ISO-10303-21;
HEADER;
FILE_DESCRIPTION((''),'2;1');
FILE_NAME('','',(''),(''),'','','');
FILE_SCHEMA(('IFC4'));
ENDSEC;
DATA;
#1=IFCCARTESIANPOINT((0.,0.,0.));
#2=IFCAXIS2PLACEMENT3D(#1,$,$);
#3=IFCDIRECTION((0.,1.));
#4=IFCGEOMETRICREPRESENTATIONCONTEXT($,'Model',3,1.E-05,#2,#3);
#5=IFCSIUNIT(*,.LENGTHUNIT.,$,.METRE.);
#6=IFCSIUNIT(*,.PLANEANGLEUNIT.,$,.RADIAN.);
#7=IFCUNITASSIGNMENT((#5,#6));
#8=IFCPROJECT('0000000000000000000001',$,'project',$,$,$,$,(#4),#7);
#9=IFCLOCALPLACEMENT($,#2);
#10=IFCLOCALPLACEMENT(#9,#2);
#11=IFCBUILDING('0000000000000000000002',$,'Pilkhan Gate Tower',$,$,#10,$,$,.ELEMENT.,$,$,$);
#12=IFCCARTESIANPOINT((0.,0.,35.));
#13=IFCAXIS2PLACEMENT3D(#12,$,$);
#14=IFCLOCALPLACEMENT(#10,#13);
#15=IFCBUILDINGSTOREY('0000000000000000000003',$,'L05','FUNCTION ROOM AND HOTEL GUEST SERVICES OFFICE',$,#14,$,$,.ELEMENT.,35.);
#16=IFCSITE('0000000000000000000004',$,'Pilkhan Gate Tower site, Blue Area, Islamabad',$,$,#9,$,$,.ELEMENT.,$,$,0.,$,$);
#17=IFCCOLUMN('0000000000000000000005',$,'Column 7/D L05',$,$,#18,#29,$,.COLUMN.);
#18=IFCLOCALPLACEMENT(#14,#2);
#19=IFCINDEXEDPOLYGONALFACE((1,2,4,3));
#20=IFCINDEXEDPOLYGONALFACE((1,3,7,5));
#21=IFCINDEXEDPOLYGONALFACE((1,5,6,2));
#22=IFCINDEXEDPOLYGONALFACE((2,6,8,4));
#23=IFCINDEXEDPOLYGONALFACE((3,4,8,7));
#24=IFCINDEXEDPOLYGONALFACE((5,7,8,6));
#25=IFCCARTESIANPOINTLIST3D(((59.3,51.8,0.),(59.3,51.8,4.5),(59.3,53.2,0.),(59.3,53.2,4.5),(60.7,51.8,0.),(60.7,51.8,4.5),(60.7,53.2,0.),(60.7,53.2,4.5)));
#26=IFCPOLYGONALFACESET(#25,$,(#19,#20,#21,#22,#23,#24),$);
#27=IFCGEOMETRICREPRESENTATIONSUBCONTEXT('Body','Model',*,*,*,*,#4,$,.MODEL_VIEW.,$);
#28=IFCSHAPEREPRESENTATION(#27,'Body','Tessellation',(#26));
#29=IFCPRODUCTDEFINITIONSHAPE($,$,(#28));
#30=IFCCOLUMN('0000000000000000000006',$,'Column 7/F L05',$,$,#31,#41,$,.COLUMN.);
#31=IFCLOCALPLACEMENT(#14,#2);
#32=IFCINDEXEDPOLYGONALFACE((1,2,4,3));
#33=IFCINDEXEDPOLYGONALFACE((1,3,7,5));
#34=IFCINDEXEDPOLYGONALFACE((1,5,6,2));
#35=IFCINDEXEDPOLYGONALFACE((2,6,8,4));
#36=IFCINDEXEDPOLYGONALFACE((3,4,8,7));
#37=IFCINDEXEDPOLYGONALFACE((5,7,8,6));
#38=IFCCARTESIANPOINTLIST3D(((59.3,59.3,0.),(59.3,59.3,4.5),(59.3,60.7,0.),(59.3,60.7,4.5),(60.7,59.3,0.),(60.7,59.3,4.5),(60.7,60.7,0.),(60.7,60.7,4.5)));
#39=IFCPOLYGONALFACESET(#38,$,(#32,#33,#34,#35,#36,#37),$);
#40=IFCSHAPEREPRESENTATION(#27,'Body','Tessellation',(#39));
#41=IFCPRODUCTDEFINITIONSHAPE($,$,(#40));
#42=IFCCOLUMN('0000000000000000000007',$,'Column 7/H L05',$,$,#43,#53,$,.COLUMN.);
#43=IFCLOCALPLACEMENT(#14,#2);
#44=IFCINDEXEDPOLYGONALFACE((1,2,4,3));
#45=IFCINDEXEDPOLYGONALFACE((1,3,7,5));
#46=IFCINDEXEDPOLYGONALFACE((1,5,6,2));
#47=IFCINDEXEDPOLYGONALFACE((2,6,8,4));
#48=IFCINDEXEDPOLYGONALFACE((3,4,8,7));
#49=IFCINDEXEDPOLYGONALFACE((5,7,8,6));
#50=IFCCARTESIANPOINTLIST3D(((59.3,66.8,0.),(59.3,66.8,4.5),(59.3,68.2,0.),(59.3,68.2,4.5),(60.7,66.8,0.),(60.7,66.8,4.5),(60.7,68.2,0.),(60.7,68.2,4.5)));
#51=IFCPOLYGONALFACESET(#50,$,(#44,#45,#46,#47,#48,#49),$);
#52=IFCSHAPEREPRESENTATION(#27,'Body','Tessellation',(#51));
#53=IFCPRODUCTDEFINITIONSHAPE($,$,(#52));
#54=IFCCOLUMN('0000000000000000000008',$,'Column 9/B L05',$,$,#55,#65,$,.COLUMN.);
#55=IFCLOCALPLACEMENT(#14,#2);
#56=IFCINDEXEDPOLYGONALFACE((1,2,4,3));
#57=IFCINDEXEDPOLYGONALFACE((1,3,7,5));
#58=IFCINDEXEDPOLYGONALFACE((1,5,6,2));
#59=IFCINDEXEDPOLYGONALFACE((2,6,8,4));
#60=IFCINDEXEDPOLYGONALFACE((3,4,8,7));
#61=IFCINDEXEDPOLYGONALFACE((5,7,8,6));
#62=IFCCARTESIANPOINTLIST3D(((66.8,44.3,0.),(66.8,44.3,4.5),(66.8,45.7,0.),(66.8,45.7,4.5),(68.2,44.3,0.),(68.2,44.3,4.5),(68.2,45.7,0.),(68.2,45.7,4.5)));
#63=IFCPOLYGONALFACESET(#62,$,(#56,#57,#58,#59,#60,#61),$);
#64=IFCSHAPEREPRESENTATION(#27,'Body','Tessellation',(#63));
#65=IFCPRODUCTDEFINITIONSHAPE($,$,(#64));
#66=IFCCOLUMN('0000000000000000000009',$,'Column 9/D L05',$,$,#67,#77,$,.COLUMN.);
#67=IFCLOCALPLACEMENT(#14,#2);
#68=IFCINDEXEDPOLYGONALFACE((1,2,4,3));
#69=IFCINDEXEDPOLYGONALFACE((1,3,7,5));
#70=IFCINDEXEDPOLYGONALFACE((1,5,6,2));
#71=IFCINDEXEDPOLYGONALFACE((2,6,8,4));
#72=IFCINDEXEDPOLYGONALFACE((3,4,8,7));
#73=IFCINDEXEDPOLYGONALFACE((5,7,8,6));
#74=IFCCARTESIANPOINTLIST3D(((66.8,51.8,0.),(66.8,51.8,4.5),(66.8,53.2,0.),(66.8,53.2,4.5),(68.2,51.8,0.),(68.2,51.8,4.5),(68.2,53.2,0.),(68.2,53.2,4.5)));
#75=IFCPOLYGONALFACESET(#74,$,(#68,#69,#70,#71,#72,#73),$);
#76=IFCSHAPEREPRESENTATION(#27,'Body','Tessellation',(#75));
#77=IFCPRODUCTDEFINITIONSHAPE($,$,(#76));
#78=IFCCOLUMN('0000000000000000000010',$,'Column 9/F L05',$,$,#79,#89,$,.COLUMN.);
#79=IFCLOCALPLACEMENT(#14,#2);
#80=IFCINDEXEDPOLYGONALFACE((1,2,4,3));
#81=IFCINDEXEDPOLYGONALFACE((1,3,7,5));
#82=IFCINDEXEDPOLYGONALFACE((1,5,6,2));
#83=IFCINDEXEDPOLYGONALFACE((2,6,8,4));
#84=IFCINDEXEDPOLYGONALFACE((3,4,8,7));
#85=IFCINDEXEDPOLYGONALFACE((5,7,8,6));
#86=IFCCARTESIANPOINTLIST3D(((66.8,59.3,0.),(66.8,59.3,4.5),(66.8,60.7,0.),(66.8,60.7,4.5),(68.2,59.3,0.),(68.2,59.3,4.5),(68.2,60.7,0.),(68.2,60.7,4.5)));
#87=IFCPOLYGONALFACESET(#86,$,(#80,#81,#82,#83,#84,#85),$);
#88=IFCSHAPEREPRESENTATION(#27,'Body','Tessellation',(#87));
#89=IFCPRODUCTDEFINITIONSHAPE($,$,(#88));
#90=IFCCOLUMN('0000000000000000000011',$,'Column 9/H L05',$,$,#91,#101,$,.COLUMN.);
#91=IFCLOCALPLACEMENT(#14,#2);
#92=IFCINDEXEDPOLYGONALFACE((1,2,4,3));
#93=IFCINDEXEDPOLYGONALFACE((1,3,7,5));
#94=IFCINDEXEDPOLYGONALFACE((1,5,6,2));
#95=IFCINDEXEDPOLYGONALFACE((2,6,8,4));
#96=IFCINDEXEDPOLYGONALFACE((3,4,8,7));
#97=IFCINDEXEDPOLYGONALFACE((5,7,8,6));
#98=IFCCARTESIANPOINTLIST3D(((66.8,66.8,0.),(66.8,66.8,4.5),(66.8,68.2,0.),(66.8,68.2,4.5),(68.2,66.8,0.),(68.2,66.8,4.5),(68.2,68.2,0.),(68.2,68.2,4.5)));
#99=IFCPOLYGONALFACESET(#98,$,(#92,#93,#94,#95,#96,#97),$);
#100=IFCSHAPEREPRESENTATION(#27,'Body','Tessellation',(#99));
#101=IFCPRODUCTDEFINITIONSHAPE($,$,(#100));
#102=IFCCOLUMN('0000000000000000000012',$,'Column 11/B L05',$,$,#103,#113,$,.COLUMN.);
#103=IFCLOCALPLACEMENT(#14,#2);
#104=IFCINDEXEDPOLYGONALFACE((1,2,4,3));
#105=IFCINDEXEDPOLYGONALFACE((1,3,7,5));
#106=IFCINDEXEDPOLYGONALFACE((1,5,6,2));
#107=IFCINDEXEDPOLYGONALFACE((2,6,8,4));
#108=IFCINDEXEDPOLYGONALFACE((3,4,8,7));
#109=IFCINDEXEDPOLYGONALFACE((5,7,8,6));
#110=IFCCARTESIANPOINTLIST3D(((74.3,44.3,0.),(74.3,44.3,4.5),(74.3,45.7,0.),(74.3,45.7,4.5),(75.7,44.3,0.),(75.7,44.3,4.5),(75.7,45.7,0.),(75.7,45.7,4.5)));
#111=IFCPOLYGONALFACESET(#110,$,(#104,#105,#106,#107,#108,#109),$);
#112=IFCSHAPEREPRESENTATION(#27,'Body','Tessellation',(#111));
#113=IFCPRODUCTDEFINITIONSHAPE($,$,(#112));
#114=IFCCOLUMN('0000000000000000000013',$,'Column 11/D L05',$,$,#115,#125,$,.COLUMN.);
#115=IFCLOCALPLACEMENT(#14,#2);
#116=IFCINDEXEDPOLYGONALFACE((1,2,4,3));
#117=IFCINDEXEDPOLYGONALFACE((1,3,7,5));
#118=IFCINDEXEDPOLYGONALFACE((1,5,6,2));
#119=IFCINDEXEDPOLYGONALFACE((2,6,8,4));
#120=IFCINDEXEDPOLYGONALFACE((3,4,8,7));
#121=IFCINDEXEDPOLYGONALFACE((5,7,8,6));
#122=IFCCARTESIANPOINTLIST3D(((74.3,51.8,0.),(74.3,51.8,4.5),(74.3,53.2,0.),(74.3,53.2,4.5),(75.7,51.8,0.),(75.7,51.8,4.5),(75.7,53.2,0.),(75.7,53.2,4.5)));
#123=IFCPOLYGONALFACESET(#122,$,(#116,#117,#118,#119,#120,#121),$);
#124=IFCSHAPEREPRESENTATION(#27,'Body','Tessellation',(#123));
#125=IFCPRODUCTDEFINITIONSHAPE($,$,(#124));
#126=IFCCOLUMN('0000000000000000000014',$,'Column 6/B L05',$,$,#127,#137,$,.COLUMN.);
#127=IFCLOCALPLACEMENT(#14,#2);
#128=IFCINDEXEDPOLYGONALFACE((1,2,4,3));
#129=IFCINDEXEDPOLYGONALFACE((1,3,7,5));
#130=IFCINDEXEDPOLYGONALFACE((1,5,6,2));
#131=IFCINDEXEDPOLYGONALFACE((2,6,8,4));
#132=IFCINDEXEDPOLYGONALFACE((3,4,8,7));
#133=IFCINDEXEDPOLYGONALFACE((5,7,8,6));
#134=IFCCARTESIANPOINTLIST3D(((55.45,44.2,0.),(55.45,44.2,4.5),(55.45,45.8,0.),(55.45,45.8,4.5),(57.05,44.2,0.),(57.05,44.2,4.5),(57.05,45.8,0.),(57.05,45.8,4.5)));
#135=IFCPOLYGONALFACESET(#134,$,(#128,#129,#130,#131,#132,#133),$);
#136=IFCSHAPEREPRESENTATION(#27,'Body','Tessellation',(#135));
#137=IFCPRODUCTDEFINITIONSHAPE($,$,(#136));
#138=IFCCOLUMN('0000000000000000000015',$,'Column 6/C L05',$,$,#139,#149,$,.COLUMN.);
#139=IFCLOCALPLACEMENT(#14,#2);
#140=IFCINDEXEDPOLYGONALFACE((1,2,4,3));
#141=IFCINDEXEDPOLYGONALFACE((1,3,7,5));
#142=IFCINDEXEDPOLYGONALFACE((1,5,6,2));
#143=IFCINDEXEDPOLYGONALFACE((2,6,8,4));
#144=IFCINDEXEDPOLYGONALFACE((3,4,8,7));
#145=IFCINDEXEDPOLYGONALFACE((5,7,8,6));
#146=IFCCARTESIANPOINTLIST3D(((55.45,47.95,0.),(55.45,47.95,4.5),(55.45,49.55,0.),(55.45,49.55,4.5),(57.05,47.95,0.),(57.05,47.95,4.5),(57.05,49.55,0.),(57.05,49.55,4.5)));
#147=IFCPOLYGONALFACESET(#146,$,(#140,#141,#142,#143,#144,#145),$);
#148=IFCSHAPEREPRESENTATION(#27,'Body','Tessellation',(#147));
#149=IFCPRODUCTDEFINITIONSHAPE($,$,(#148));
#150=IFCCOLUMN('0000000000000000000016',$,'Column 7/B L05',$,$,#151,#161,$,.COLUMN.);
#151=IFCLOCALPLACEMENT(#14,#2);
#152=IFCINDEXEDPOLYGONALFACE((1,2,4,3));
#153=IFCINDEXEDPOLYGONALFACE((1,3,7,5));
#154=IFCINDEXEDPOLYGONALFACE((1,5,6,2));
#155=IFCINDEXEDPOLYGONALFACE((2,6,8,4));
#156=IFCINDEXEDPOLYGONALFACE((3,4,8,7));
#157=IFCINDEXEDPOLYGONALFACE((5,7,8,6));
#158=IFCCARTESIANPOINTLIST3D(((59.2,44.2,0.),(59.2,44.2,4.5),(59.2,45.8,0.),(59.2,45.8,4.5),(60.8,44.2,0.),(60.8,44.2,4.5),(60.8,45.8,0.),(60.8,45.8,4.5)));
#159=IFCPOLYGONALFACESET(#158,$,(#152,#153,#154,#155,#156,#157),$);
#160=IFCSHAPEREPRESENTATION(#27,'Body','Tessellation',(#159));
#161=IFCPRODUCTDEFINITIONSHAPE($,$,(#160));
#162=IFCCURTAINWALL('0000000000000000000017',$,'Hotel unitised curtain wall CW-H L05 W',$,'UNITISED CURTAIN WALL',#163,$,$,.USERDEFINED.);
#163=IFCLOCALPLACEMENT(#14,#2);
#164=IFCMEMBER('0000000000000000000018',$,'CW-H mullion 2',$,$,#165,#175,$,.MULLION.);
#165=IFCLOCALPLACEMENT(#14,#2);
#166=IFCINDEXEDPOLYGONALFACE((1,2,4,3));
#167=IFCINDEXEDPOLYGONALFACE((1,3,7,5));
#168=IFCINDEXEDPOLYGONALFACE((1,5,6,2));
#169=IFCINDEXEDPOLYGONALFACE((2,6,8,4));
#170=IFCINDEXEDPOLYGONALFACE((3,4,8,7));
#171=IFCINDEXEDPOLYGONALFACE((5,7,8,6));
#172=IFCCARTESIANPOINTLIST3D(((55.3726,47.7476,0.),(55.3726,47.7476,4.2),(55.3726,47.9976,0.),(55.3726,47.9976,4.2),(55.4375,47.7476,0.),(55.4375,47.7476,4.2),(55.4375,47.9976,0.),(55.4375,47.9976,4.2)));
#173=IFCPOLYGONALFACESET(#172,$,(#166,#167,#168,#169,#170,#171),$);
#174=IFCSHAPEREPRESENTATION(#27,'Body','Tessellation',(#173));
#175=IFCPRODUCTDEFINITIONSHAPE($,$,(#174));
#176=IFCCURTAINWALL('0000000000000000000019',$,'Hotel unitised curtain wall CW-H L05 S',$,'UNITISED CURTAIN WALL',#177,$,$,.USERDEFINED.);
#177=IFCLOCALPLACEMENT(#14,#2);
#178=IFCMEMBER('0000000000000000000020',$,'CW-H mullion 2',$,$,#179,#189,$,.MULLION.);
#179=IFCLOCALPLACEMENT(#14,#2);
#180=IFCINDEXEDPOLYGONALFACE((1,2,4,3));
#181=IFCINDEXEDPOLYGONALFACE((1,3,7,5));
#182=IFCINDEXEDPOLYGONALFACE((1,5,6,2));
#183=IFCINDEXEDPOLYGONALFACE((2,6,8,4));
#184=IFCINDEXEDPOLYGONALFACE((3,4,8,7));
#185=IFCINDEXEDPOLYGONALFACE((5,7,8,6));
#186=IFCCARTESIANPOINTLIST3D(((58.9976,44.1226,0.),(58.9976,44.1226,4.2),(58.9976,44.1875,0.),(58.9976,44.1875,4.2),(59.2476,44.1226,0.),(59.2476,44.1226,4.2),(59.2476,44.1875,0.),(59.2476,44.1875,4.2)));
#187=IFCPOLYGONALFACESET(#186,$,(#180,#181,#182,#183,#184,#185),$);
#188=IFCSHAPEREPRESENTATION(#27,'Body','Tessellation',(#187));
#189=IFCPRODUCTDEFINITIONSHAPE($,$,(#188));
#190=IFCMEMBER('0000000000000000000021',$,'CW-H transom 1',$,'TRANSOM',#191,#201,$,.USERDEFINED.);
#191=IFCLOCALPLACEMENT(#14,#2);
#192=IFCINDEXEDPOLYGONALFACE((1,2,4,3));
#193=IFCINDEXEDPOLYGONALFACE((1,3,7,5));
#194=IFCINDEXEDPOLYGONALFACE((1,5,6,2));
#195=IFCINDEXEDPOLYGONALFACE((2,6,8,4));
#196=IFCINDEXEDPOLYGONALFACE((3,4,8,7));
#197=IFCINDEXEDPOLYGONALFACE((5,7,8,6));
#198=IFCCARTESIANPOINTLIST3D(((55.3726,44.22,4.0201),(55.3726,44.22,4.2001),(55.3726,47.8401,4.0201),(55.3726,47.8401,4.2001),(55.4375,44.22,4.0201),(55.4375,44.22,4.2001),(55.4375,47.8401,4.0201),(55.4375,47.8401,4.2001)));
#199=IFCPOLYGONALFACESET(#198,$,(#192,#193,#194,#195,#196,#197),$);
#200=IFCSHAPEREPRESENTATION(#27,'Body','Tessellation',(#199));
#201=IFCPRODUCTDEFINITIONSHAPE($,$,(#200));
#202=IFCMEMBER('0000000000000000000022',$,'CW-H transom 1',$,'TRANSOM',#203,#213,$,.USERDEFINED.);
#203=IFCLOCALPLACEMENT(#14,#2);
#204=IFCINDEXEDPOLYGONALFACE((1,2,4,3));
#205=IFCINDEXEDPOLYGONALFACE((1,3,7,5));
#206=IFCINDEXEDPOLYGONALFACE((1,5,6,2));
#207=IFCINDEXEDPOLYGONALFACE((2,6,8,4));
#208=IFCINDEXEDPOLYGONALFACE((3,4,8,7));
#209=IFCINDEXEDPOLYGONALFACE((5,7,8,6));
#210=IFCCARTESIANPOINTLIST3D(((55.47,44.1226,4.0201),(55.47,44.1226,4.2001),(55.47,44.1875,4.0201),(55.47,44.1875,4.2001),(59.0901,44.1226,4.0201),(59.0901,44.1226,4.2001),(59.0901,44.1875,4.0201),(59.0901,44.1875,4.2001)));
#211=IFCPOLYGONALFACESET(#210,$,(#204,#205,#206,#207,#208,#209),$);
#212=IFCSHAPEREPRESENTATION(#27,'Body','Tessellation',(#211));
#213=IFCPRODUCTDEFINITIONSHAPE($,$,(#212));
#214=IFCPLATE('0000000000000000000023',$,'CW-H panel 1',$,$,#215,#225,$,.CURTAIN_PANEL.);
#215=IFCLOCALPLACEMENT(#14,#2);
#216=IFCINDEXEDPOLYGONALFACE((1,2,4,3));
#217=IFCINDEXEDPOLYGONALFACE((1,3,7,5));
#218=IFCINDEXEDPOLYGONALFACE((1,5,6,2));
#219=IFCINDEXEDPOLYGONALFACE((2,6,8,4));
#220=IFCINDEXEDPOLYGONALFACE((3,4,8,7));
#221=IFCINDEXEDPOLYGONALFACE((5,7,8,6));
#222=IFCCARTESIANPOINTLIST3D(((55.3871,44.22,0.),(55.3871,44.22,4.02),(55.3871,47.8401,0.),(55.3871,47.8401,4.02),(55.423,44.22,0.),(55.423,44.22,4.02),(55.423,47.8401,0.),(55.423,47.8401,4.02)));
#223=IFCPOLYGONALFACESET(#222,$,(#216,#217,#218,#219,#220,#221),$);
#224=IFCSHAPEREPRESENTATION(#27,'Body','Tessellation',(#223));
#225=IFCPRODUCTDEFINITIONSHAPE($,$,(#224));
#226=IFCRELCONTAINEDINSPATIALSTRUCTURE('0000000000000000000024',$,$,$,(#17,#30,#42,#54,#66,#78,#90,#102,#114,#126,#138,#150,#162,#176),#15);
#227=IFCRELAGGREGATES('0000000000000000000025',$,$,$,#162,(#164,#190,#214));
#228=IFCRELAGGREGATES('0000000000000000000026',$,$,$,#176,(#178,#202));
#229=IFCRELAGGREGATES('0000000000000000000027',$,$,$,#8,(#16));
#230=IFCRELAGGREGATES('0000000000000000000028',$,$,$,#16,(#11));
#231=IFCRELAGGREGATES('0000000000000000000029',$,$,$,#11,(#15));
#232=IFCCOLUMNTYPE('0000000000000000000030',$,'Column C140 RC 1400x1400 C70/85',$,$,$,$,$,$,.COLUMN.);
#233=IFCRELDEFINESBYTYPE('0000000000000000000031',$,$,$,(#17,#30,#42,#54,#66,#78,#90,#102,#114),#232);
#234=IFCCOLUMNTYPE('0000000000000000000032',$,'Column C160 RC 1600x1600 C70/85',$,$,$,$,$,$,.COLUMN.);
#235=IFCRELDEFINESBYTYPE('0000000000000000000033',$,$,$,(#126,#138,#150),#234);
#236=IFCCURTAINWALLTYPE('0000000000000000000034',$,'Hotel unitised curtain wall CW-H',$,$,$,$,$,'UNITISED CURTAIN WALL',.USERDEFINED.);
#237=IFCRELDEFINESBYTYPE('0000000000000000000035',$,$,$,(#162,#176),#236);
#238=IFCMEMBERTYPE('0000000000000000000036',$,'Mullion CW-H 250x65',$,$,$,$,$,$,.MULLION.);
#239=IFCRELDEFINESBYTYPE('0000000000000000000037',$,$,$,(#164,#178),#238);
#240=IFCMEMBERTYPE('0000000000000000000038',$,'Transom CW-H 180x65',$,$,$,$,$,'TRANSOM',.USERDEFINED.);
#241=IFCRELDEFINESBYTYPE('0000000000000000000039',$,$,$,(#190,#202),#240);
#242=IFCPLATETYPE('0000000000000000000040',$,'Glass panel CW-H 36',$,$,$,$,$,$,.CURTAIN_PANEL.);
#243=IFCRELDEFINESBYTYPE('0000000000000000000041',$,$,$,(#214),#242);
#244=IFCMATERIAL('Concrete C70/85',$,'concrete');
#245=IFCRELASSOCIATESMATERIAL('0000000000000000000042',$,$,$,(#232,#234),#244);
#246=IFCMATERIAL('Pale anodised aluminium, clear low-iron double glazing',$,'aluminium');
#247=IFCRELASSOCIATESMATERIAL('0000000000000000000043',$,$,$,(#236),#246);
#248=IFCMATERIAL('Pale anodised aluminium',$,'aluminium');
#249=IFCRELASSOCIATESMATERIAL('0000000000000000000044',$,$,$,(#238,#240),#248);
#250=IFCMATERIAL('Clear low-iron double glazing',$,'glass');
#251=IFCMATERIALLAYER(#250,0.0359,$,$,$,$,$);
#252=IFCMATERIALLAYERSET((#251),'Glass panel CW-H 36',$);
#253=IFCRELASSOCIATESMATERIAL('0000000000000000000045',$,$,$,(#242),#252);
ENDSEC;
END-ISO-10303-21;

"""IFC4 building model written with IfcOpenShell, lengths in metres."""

from ifc_helpers import new_model, si_unit, direction, frame, origin, origin_2d, place, context, subcontext, project, spatial, rectangle, extrude, material, layer, layer_set, material_profile, profile_set, type_object, element, aggregate, save


model = new_model("IFC4")

# Units and contexts
model_context = context("Model", 3, precision=1e-05, world=origin(), true_north=direction((0.0, 1.0)))
body_context = subcontext(model_context, "Body", "Model", "MODEL_VIEW")
ifc_project = project(units=[si_unit("LENGTHUNIT", "METRE"), si_unit("PLANEANGLEUNIT", "RADIAN")], contexts=[model_context])

# Site, building, storey
site_placement = place(None, origin())
site = spatial("IfcSite", under=ifc_project, at=site_placement, Name="Pilkhan Gate Tower site, Blue Area, Islamabad", CompositionType="ELEMENT", RefElevation=0.0)
building_placement = place(site_placement, origin())
building = spatial("IfcBuilding", under=site, at=building_placement, Name="Pilkhan Gate Tower", CompositionType="ELEMENT")
storey_placement = place(building_placement, frame((0.0, 0.0, 35.0)))
storey = spatial("IfcBuildingStorey", under=building, at=storey_placement, Name="L05", Description="FUNCTION ROOM AND HOTEL GUEST SERVICES OFFICE", CompositionType="ELEMENT", Elevation=35.0)

# Columns
ifc_material_1 = material(Name="Concrete C70/85", Category="concrete")
ifc_material_profile_1 = material_profile(ifc_material_1, rectangle(XDim=1.3999, YDim=1.3999, at=origin_2d()), Name="RC 1400x1400")
ifc_profile_set_1 = profile_set([ifc_material_profile_1], Name="Concrete C70/85")
column_type_1 = type_object("IfcColumnType", Name="Column C140 RC 1400x1400 C70/85", PredefinedType="COLUMN", material=ifc_profile_set_1)
for number, where, z_axis, x_axis, name in (
    (1, (60.0, 52.5, 0.0), (0.0, 0.0, 1.0), (1.0, 0.0, 0.0), "Column 7/D L05"),
    (2, (60.0, 60.0, 0.0), (0.0, 0.0, 1.0), (1.0, 0.0, 0.0), "Column 7/F L05"),
    (3, (60.0, 67.5, 0.0), (0.0, 0.0, 1.0), (1.0, 0.0, 0.0), "Column 7/H L05"),
    (4, (67.5, 45.0, 0.0), (0.0, 0.0, 1.0), (1.0, 0.0, 0.0), "Column 9/B L05"),
    (5, (67.5, 52.5, 0.0), (0.0, 0.0, 1.0), (1.0, 0.0, 0.0), "Column 9/D L05"),
    (6, (67.5, 60.0, 0.0), (0.0, 0.0, 1.0), (1.0, 0.0, 0.0), "Column 9/F L05"),
    (7, (67.5, 67.5, 0.0), (0.0, 0.0, 1.0), (1.0, 0.0, 0.0), "Column 9/H L05"),
    (8, (75.0, 45.0, 0.0), (0.0, 0.0, 1.0), (1.0, 0.0, 0.0), "Column 11/B L05"),
    (9, (75.0, 52.5, 0.0), (0.0, 0.0, 1.0), (1.0, 0.0, 0.0), "Column 11/D L05"),
):
    element("IfcColumn", number, at=place(storey_placement, frame(where, z_axis=z_axis, x_axis=x_axis)), inside=storey, type_object=column_type_1, Name=name, PredefinedType="COLUMN", context=body_context, shape_type="SweptSolid", body=[
        extrude(rectangle(XDim=1.3999, YDim=1.3999, at=origin_2d()), origin(), (0.0, 0.0, 1.0), 4.5),
    ])
ifc_material_profile_2 = material_profile(ifc_material_1, rectangle(XDim=1.6001, YDim=1.6001, at=origin_2d()), Name="RC 1600x1600")
ifc_profile_set_2 = profile_set([ifc_material_profile_2], Name="Concrete C70/85")
column_type_2 = type_object("IfcColumnType", Name="Column C160 RC 1600x1600 C70/85", PredefinedType="COLUMN", material=ifc_profile_set_2)
for number, where, z_axis, x_axis, name in (
    (10, (56.25, 45.0, 0.0), (0.0, 0.0, 1.0), (1.0, 0.0, 0.0), "Column 6/B L05"),
    (11, (56.25, 48.75, 0.0), (0.0, 0.0, 1.0), (1.0, 0.0, 0.0), "Column 6/C L05"),
    (12, (60.0, 45.0, 0.0), (0.0, 0.0, 1.0), (1.0, 0.0, 0.0), "Column 7/B L05"),
):
    element("IfcColumn", number, at=place(storey_placement, frame(where, z_axis=z_axis, x_axis=x_axis)), inside=storey, type_object=column_type_2, Name=name, PredefinedType="COLUMN", context=body_context, shape_type="SweptSolid", body=[
        extrude(rectangle(XDim=1.6001, YDim=1.6001, at=origin_2d()), origin(), (0.0, 0.0, 1.0), 4.5),
    ])

# Curtain walls, members
ifc_material_2 = material(Name="Pale anodised aluminium, clear low-iron double glazing", Category="aluminium")
curtain_wall_type = type_object("IfcCurtainWallType", Name="Hotel unitised curtain wall CW-H", ElementType="UNITISED CURTAIN WALL", PredefinedType="USERDEFINED", material=ifc_material_2)
curtain_wall_1_placement = place(storey_placement, origin())
curtain_wall_1 = element("IfcCurtainWall", 13, at=curtain_wall_1_placement, inside=storey, type_object=curtain_wall_type, Name="Hotel unitised curtain wall CW-H L05 W", ObjectType="UNITISED CURTAIN WALL", PredefinedType="USERDEFINED")
ifc_material_3 = material(Name="Pale anodised aluminium", Category="aluminium")
ifc_material_profile_3 = material_profile(ifc_material_3, rectangle(XDim=0.0649, YDim=0.25, at=origin_2d()), Name="Mullion 250x65")
ifc_profile_set_3 = profile_set([ifc_material_profile_3], Name="Pale anodised aluminium")
member_type_1 = type_object("IfcMemberType", Name="Mullion CW-H 250x65", PredefinedType="MULLION", material=ifc_profile_set_3)
member_1_placement = place(storey_placement, frame((55.405, 47.8726, 0.0), z_axis=(0.0, 0.0, 1.0), x_axis=(-1.0, 0.0, 0.0)))
member_1 = element("IfcMember", 14, at=member_1_placement, type_object=member_type_1, Name="CW-H mullion 2", PredefinedType="MULLION", context=body_context, shape_type="SweptSolid", body=[
    extrude(rectangle(XDim=0.0649, YDim=0.25, at=origin_2d()), origin(), (0.0, 0.0, 1.0), 4.2),
])
curtain_wall_2_placement = place(storey_placement, origin())
curtain_wall_2 = element("IfcCurtainWall", 15, at=curtain_wall_2_placement, inside=storey, type_object=curtain_wall_type, Name="Hotel unitised curtain wall CW-H L05 S", ObjectType="UNITISED CURTAIN WALL", PredefinedType="USERDEFINED")
member_2_placement = place(storey_placement, frame((59.1226, 44.155, 0.0), z_axis=(0.0, 0.0, 1.0), x_axis=(0.0, 1.0, 0.0)))
member_2 = element("IfcMember", 16, at=member_2_placement, type_object=member_type_1, Name="CW-H mullion 2", PredefinedType="MULLION", context=body_context, shape_type="SweptSolid", body=[
    extrude(rectangle(XDim=0.0649, YDim=0.25, at=origin_2d()), origin(), (0.0, 0.0, 1.0), 4.2),
])

# Members
ifc_material_profile_4 = material_profile(ifc_material_3, rectangle(XDim=0.0649, YDim=0.1799, at=origin_2d()), Name="Transom 180x65")
ifc_profile_set_4 = profile_set([ifc_material_profile_4], Name="Pale anodised aluminium")
member_type_2 = type_object("IfcMemberType", Name="Transom CW-H 180x65", ElementType="TRANSOM", PredefinedType="USERDEFINED", material=ifc_profile_set_4)
member_3_placement = place(storey_placement, frame((55.405, 44.22, 4.1101), z_axis=(0.0, 1.0, 0.0), x_axis=(-1.0, 0.0, 0.0)))
member_3 = element("IfcMember", 17, at=member_3_placement, type_object=member_type_2, Name="CW-H transom 1", ObjectType="TRANSOM", PredefinedType="USERDEFINED", context=body_context, shape_type="SweptSolid", body=[
    extrude(rectangle(XDim=0.0649, YDim=0.1799, at=origin_2d()), origin(), (0.0, 0.0, 1.0), 3.6201),
])
member_4_placement = place(storey_placement, frame((55.47, 44.155, 4.1101), z_axis=(1.0, 0.0, 0.0), x_axis=(0.0, 1.0, 0.0)))
member_4 = element("IfcMember", 18, at=member_4_placement, type_object=member_type_2, Name="CW-H transom 1", ObjectType="TRANSOM", PredefinedType="USERDEFINED", context=body_context, shape_type="SweptSolid", body=[
    extrude(rectangle(XDim=0.0649, YDim=0.1799, at=origin_2d()), origin(), (0.0, 0.0, 1.0), 3.6201),
])

# Plate
ifc_material_4 = material(Name="Clear low-iron double glazing", Category="glass")
ifc_layer_1 = layer(ifc_material_4, 0.0359)
ifc_layer_set_1 = layer_set([ifc_layer_1], Name="Glass panel CW-H 36")
plate_type = type_object("IfcPlateType", Name="Glass panel CW-H 36", PredefinedType="CURTAIN_PANEL", material=ifc_layer_set_1)
plate_1_placement = place(storey_placement, frame((55.405, 46.03, 0.0), z_axis=(0.0, 0.0, 1.0), x_axis=(0.0, 1.0, 0.0)))
plate_1 = element("IfcPlate", 19, at=plate_1_placement, type_object=plate_type, Name="CW-H panel 1", PredefinedType="CURTAIN_PANEL", context=body_context, shape_type="SweptSolid", body=[
    extrude(rectangle(XDim=3.6201, YDim=0.0359, at=origin_2d()), origin(), (0.0, 0.0, 1.0), 4.02),
])
aggregate(curtain_wall_1, [member_1, member_3, plate_1])
aggregate(curtain_wall_2, [member_2, member_4])

save(model, "model.ifc")
